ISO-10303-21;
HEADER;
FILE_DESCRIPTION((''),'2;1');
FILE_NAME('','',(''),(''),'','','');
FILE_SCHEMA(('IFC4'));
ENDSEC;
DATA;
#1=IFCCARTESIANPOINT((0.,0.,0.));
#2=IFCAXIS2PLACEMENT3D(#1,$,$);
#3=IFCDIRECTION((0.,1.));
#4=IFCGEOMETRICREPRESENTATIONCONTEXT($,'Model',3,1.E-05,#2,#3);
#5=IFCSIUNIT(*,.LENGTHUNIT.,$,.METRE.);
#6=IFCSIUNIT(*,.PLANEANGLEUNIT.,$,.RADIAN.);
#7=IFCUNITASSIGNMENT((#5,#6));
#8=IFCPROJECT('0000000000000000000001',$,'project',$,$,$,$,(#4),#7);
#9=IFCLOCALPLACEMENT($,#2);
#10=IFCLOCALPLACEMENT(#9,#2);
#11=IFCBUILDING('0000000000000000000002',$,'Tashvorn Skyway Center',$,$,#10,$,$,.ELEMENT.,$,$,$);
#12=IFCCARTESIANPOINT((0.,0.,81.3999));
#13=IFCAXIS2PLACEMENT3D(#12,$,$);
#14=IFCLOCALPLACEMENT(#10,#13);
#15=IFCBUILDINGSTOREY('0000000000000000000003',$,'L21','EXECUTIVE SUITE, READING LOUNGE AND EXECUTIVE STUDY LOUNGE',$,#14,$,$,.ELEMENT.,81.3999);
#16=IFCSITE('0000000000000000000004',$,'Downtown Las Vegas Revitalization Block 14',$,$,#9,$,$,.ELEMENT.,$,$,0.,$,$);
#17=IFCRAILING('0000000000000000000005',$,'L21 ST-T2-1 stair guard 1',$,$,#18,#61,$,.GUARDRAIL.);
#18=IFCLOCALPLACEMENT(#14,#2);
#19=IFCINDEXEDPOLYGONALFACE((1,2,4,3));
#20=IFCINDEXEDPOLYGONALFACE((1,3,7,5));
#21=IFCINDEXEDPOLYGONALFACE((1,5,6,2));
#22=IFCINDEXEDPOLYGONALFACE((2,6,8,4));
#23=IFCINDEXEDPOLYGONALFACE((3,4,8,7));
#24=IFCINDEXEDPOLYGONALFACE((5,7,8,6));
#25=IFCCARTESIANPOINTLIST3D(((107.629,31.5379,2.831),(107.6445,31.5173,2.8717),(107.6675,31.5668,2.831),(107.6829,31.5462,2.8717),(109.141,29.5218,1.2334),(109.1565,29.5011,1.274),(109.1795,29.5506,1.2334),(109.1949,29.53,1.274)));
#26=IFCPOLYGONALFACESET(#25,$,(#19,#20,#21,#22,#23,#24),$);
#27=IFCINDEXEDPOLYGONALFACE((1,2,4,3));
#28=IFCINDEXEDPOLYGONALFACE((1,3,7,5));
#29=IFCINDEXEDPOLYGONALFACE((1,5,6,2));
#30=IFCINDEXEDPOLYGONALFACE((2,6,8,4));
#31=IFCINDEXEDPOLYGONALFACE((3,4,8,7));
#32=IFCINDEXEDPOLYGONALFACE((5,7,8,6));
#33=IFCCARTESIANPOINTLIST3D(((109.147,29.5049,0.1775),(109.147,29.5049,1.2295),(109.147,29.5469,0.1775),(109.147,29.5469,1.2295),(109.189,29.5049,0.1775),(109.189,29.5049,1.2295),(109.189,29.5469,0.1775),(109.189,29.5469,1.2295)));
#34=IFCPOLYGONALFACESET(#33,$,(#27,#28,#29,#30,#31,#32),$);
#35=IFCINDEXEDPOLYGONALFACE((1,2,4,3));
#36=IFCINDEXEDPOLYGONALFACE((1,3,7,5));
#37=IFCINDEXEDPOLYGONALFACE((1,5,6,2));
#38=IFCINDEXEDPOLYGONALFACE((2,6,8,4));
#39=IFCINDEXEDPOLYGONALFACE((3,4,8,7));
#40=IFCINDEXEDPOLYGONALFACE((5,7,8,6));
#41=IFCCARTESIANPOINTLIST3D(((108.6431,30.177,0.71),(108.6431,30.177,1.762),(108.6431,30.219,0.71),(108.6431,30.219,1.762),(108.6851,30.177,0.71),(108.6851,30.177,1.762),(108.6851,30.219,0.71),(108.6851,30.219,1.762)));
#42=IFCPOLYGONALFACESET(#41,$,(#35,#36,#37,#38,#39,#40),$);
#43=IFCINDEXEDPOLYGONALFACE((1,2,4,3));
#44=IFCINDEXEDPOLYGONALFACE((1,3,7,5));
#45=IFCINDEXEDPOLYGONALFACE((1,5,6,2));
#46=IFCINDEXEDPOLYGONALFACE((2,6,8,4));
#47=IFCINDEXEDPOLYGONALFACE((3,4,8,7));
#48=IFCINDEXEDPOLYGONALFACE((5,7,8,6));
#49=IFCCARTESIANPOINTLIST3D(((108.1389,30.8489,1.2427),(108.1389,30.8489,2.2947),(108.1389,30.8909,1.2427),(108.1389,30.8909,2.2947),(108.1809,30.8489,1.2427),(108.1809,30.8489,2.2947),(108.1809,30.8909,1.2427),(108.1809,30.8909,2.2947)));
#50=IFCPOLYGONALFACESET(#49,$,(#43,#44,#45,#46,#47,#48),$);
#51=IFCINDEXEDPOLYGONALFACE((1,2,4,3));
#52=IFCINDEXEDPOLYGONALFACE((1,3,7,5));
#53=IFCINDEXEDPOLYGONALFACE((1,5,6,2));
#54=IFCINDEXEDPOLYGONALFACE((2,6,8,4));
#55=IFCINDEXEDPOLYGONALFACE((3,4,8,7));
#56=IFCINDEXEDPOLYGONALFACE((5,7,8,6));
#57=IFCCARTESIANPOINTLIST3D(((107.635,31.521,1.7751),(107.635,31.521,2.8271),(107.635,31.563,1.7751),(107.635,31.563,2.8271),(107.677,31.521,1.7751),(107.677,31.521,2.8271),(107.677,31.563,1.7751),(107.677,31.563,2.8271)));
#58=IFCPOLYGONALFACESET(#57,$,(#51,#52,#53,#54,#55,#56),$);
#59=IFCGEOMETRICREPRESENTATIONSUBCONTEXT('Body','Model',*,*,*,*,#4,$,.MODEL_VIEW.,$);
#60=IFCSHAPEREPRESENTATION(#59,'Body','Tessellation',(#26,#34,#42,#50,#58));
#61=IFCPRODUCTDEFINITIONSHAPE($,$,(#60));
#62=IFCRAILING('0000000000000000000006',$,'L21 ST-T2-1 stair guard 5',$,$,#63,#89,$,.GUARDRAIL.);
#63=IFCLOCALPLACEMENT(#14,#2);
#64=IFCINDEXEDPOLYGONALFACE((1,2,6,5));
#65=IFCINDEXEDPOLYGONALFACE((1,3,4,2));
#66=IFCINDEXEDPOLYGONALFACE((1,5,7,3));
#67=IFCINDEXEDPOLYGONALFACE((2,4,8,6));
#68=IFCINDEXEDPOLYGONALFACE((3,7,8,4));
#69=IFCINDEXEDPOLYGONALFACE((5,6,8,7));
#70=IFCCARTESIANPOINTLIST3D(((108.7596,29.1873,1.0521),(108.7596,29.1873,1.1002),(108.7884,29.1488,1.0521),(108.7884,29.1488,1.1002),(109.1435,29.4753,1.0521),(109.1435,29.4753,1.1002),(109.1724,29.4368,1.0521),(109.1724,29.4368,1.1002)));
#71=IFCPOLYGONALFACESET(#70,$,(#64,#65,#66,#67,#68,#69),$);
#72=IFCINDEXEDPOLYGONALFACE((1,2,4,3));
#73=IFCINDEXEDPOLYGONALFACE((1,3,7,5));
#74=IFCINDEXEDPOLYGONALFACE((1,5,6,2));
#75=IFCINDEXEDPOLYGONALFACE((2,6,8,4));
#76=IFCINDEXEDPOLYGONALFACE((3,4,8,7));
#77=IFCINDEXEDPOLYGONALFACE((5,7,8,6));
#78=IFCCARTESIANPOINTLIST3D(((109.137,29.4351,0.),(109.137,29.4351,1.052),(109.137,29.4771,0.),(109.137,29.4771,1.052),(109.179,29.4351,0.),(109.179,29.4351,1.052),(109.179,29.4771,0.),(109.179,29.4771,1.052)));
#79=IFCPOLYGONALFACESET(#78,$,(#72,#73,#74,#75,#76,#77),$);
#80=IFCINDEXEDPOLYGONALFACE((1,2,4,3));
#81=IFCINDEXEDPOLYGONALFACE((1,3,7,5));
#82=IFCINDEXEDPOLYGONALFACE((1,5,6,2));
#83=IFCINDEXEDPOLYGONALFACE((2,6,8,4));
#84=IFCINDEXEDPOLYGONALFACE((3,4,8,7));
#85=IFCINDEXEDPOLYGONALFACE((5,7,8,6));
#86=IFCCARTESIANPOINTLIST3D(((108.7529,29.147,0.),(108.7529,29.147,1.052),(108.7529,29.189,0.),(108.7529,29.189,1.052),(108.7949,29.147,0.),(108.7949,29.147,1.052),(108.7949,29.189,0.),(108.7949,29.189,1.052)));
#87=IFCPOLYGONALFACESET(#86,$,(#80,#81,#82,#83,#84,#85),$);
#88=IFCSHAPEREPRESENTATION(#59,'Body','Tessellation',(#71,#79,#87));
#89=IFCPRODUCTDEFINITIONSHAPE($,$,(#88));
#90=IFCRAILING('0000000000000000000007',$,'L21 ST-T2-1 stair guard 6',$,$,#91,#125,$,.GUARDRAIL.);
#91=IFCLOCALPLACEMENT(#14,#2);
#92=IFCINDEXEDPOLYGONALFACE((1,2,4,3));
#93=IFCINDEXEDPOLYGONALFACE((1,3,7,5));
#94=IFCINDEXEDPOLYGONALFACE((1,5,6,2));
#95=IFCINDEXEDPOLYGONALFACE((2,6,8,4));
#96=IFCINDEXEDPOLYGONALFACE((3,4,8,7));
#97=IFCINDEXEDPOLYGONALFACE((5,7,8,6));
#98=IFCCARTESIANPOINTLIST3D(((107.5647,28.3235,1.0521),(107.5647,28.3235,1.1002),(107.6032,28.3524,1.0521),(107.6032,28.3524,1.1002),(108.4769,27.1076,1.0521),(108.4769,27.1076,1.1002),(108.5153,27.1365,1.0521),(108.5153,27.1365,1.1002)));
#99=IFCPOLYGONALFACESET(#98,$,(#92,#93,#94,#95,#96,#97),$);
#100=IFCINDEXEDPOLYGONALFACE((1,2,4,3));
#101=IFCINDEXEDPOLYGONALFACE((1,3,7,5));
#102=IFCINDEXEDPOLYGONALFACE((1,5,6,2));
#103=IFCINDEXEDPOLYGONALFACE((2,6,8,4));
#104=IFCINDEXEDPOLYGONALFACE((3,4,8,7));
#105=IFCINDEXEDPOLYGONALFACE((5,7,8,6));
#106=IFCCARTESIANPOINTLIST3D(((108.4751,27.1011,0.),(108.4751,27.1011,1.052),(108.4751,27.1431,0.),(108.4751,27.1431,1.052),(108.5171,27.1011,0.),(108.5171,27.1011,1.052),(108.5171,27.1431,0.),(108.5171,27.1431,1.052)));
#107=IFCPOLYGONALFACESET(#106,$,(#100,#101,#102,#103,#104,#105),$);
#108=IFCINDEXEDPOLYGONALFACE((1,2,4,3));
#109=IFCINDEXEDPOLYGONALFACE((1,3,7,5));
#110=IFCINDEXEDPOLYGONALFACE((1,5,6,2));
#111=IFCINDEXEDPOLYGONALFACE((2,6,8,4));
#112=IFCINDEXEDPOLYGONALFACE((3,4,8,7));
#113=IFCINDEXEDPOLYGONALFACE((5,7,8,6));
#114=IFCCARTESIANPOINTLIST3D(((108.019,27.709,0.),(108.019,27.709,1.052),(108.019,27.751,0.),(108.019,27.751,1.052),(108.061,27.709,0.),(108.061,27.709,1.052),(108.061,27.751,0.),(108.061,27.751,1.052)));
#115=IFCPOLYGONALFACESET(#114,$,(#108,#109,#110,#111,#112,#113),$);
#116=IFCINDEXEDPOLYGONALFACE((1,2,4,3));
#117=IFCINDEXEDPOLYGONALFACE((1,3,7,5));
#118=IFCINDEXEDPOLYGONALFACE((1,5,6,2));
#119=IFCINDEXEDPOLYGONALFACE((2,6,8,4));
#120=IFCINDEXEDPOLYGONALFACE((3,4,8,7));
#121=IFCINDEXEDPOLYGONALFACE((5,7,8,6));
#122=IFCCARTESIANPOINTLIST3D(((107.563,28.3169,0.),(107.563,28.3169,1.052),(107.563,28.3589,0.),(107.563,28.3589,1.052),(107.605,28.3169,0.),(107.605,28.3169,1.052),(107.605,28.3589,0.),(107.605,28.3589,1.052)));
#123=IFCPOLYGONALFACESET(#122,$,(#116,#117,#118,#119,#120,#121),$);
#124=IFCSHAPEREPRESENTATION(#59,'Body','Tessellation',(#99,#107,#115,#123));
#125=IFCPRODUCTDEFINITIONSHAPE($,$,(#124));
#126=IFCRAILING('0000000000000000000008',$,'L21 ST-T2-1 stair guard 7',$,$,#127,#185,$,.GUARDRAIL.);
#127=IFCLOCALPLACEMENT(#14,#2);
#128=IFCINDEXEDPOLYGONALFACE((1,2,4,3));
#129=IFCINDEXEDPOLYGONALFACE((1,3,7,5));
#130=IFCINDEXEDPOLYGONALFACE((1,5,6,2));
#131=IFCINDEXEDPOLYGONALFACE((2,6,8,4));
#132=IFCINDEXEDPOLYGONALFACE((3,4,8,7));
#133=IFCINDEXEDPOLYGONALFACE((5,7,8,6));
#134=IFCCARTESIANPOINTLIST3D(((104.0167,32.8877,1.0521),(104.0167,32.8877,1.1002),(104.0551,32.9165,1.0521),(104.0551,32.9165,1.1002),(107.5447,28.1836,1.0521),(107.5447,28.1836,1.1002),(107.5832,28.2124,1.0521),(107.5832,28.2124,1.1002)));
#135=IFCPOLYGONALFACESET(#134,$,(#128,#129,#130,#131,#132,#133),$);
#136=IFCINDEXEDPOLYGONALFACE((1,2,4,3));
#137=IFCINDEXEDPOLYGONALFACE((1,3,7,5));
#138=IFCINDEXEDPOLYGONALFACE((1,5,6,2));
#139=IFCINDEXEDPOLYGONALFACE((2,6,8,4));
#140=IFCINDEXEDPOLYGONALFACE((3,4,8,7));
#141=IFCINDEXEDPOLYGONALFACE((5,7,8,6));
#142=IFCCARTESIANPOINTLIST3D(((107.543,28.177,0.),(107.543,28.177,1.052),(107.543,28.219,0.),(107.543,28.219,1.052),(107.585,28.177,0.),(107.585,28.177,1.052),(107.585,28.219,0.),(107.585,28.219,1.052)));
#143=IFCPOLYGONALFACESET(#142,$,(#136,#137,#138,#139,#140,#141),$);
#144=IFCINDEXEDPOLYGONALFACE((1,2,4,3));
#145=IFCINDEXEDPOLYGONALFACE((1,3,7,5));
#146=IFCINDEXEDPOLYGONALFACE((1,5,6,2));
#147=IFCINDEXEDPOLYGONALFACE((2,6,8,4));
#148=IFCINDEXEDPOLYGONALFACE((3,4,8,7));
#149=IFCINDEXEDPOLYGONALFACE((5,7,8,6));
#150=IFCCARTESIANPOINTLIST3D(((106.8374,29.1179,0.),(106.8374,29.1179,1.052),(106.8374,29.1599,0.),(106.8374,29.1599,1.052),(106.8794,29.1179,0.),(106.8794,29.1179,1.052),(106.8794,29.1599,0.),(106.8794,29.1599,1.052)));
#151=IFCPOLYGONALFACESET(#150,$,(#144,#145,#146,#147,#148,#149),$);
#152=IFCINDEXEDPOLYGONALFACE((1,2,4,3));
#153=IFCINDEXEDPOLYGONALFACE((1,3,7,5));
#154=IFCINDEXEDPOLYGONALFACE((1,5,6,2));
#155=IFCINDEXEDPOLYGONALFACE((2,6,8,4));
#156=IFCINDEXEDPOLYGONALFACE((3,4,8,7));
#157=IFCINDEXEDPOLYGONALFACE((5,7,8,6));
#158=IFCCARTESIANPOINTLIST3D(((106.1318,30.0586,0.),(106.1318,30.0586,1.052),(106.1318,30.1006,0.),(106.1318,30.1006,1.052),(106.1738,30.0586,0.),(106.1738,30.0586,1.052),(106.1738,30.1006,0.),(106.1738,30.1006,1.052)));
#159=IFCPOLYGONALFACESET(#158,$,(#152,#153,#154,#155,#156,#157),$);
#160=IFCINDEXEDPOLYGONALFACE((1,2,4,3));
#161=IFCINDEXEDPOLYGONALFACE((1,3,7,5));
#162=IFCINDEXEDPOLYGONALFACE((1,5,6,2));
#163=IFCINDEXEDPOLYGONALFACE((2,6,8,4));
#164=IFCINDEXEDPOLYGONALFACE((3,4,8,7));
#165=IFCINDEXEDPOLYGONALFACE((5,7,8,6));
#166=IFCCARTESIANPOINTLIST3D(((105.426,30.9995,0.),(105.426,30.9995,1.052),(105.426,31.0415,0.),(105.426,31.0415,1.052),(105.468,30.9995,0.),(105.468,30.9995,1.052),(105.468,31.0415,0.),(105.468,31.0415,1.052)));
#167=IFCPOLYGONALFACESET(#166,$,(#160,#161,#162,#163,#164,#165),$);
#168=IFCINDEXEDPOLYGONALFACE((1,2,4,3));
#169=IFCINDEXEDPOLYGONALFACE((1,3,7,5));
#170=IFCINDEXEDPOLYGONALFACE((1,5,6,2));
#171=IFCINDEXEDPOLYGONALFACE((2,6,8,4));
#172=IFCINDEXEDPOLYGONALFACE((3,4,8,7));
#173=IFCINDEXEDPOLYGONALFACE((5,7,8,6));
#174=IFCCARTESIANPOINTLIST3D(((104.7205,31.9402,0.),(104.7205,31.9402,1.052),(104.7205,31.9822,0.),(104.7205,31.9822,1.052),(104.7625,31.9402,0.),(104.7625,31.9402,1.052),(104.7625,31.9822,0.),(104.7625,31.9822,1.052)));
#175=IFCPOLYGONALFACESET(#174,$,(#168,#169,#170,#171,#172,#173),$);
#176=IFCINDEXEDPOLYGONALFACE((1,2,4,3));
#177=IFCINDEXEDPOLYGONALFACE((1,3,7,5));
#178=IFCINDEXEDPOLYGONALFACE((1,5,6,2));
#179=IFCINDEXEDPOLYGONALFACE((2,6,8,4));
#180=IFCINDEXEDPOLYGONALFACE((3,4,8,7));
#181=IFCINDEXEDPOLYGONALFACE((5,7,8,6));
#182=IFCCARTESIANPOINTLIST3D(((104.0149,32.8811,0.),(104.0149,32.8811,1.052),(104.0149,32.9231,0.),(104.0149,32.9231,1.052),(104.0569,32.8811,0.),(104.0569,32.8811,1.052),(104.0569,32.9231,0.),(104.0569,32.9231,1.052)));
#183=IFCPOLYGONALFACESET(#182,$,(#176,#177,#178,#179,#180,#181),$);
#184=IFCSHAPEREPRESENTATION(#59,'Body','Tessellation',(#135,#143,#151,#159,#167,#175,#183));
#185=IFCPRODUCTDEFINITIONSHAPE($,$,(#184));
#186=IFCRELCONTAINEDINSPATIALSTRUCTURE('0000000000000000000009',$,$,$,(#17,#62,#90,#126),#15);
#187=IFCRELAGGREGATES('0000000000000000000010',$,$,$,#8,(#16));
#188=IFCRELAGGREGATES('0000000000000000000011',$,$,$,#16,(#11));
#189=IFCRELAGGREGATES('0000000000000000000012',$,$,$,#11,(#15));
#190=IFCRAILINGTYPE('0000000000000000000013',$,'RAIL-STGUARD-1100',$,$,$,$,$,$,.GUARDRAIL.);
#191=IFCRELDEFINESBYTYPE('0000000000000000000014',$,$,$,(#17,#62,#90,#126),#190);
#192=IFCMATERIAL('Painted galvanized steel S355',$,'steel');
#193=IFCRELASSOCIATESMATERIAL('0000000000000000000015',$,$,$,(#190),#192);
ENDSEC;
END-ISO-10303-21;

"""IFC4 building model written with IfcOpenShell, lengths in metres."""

from ifc_helpers import new_model, si_unit, direction, frame, origin, origin_2d, place, context, subcontext, project, spatial, rectangle, extrude, material, type_object, element, save


model = new_model("IFC4")

# Units and contexts
model_context = context("Model", 3, precision=1e-05, world=origin(), true_north=direction((0.0, 1.0)))
body_context = subcontext(model_context, "Body", "Model", "MODEL_VIEW")
ifc_project = project(units=[si_unit("LENGTHUNIT", "METRE"), si_unit("PLANEANGLEUNIT", "RADIAN")], contexts=[model_context])

# Site, building, storey
site_placement = place(None, origin())
site = spatial("IfcSite", under=ifc_project, at=site_placement, Name="Downtown Las Vegas Revitalization Block 14", CompositionType="ELEMENT", RefElevation=0.0)
building_placement = place(site_placement, origin())
building = spatial("IfcBuilding", under=site, at=building_placement, Name="Tashvorn Skyway Center", CompositionType="ELEMENT")
storey_placement = place(building_placement, frame((0.0, 0.0, 81.3999)))
storey = spatial("IfcBuildingStorey", under=building, at=storey_placement, Name="L21", Description="EXECUTIVE SUITE, READING LOUNGE AND EXECUTIVE STUDY LOUNGE", CompositionType="ELEMENT", Elevation=81.3999)

# Railings
ifc_material_1 = material(Name="Painted galvanized steel S355", Category="steel")
railing_type = type_object("IfcRailingType", Name="RAIL-STGUARD-1100", PredefinedType="GUARDRAIL", material=ifc_material_1)
railing_1_placement = place(storey_placement, frame((109.168, 29.5259, 0.1775)))
element("IfcRailing", 1, at=railing_1_placement, inside=storey, type_object=railing_type, Name="L21 ST-T2-1 stair guard 1", PredefinedType="GUARDRAIL", context=body_context, shape_type="SweptSolid", body=[
    extrude(rectangle(XDim=0.0481, YDim=0.0481, at=origin_2d()), frame((0.0, 0.0, 1.0762), z_axis=(-0.506719, 0.675679, 0.535438), x_axis=(-0.800023, -0.599969, 0.0)), (0.0, 0.0, 1.0), 2.9839),
    extrude(rectangle(XDim=0.042, YDim=0.042, at=origin_2d()), origin(), (0.0, 0.0, 1.0), 1.052),
    extrude(rectangle(XDim=0.042, YDim=0.042, at=origin_2d()), frame((-0.5039, 0.6721, 0.5325)), (0.0, 0.0, 1.0), 1.052),
    extrude(rectangle(XDim=0.042, YDim=0.042, at=origin_2d()), frame((-1.0081, 1.344, 1.0652)), (0.0, 0.0, 1.0), 1.052),
    extrude(rectangle(XDim=0.042, YDim=0.042, at=origin_2d()), frame((-1.512, 2.0161, 1.5977)), (0.0, 0.0, 1.0), 1.052),
])
railing_2_placement = place(storey_placement, frame((109.158, 29.4561, 0.0)))
element("IfcRailing", 2, at=railing_2_placement, inside=storey, type_object=railing_type, Name="L21 ST-T2-1 stair guard 5", PredefinedType="GUARDRAIL", context=body_context, shape_type="SweptSolid", body=[
    extrude(rectangle(XDim=0.0481, YDim=0.0481, at=origin_2d()), frame((0.0, 0.0, 1.0762), z_axis=(-0.799939, -0.600081, 0.0), x_axis=(0.600081, -0.799939, 0.0)), (0.0, 0.0, 1.0), 0.48),
    extrude(rectangle(XDim=0.042, YDim=0.042, at=origin_2d()), origin(), (0.0, 0.0, 1.0), 1.052),
    extrude(rectangle(XDim=0.042, YDim=0.042, at=origin_2d()), frame((-0.384, -0.2881, 0.0)), (0.0, 0.0, 1.0), 1.052),
])
railing_3_placement = place(storey_placement, frame((108.4961, 27.1221, 0.0)))
element("IfcRailing", 3, at=railing_3_placement, inside=storey, type_object=railing_type, Name="L21 ST-T2-1 stair guard 6", PredefinedType="GUARDRAIL", context=body_context, shape_type="SweptSolid", body=[
    extrude(rectangle(XDim=0.0481, YDim=0.0481, at=origin_2d()), frame((0.0, 0.0, 1.0762), z_axis=(-0.600103, 0.799923, 0.0), x_axis=(-0.799923, -0.600103, 0.0)), (0.0, 0.0, 1.0), 1.52),
    extrude(rectangle(XDim=0.042, YDim=0.042, at=origin_2d()), origin(), (0.0, 0.0, 1.0), 1.052),
    extrude(rectangle(XDim=0.042, YDim=0.042, at=origin_2d()), frame((-0.4561, 0.6079, 0.0)), (0.0, 0.0, 1.0), 1.052),
    extrude(rectangle(XDim=0.042, YDim=0.042, at=origin_2d()), frame((-0.9121, 1.2158, 0.0)), (0.0, 0.0, 1.0), 1.052),
])
railing_4_placement = place(storey_placement, frame((107.564, 28.198, 0.0)))
element("IfcRailing", 4, at=railing_4_placement, inside=storey, type_object=railing_type, Name="L21 ST-T2-1 stair guard 7", PredefinedType="GUARDRAIL", context=body_context, shape_type="SweptSolid", body=[
    extrude(rectangle(XDim=0.0481, YDim=0.0481, at=origin_2d()), frame((0.0, 0.0, 1.0762), z_axis=(-0.6, 0.8, 0.0), x_axis=(-0.8, -0.6, 0.0)), (0.0, 0.0, 1.0), 5.8801),
    extrude(rectangle(XDim=0.042, YDim=0.042, at=origin_2d()), origin(), (0.0, 0.0, 1.0), 1.052),
    extrude(rectangle(XDim=0.042, YDim=0.042, at=origin_2d()), frame((-0.7056, 0.9409, 0.0)), (0.0, 0.0, 1.0), 1.052),
    extrude(rectangle(XDim=0.042, YDim=0.042, at=origin_2d()), frame((-1.4111, 1.8816, 0.0)), (0.0, 0.0, 1.0), 1.052),
    extrude(rectangle(XDim=0.042, YDim=0.042, at=origin_2d()), frame((-2.1169, 2.8225, 0.0)), (0.0, 0.0, 1.0), 1.052),
    extrude(rectangle(XDim=0.042, YDim=0.042, at=origin_2d()), frame((-2.8225, 3.7632, 0.0)), (0.0, 0.0, 1.0), 1.052),
    extrude(rectangle(XDim=0.042, YDim=0.042, at=origin_2d()), frame((-3.5281, 4.7041, 0.0)), (0.0, 0.0, 1.0), 1.052),
])

save(model, "model.ifc")
